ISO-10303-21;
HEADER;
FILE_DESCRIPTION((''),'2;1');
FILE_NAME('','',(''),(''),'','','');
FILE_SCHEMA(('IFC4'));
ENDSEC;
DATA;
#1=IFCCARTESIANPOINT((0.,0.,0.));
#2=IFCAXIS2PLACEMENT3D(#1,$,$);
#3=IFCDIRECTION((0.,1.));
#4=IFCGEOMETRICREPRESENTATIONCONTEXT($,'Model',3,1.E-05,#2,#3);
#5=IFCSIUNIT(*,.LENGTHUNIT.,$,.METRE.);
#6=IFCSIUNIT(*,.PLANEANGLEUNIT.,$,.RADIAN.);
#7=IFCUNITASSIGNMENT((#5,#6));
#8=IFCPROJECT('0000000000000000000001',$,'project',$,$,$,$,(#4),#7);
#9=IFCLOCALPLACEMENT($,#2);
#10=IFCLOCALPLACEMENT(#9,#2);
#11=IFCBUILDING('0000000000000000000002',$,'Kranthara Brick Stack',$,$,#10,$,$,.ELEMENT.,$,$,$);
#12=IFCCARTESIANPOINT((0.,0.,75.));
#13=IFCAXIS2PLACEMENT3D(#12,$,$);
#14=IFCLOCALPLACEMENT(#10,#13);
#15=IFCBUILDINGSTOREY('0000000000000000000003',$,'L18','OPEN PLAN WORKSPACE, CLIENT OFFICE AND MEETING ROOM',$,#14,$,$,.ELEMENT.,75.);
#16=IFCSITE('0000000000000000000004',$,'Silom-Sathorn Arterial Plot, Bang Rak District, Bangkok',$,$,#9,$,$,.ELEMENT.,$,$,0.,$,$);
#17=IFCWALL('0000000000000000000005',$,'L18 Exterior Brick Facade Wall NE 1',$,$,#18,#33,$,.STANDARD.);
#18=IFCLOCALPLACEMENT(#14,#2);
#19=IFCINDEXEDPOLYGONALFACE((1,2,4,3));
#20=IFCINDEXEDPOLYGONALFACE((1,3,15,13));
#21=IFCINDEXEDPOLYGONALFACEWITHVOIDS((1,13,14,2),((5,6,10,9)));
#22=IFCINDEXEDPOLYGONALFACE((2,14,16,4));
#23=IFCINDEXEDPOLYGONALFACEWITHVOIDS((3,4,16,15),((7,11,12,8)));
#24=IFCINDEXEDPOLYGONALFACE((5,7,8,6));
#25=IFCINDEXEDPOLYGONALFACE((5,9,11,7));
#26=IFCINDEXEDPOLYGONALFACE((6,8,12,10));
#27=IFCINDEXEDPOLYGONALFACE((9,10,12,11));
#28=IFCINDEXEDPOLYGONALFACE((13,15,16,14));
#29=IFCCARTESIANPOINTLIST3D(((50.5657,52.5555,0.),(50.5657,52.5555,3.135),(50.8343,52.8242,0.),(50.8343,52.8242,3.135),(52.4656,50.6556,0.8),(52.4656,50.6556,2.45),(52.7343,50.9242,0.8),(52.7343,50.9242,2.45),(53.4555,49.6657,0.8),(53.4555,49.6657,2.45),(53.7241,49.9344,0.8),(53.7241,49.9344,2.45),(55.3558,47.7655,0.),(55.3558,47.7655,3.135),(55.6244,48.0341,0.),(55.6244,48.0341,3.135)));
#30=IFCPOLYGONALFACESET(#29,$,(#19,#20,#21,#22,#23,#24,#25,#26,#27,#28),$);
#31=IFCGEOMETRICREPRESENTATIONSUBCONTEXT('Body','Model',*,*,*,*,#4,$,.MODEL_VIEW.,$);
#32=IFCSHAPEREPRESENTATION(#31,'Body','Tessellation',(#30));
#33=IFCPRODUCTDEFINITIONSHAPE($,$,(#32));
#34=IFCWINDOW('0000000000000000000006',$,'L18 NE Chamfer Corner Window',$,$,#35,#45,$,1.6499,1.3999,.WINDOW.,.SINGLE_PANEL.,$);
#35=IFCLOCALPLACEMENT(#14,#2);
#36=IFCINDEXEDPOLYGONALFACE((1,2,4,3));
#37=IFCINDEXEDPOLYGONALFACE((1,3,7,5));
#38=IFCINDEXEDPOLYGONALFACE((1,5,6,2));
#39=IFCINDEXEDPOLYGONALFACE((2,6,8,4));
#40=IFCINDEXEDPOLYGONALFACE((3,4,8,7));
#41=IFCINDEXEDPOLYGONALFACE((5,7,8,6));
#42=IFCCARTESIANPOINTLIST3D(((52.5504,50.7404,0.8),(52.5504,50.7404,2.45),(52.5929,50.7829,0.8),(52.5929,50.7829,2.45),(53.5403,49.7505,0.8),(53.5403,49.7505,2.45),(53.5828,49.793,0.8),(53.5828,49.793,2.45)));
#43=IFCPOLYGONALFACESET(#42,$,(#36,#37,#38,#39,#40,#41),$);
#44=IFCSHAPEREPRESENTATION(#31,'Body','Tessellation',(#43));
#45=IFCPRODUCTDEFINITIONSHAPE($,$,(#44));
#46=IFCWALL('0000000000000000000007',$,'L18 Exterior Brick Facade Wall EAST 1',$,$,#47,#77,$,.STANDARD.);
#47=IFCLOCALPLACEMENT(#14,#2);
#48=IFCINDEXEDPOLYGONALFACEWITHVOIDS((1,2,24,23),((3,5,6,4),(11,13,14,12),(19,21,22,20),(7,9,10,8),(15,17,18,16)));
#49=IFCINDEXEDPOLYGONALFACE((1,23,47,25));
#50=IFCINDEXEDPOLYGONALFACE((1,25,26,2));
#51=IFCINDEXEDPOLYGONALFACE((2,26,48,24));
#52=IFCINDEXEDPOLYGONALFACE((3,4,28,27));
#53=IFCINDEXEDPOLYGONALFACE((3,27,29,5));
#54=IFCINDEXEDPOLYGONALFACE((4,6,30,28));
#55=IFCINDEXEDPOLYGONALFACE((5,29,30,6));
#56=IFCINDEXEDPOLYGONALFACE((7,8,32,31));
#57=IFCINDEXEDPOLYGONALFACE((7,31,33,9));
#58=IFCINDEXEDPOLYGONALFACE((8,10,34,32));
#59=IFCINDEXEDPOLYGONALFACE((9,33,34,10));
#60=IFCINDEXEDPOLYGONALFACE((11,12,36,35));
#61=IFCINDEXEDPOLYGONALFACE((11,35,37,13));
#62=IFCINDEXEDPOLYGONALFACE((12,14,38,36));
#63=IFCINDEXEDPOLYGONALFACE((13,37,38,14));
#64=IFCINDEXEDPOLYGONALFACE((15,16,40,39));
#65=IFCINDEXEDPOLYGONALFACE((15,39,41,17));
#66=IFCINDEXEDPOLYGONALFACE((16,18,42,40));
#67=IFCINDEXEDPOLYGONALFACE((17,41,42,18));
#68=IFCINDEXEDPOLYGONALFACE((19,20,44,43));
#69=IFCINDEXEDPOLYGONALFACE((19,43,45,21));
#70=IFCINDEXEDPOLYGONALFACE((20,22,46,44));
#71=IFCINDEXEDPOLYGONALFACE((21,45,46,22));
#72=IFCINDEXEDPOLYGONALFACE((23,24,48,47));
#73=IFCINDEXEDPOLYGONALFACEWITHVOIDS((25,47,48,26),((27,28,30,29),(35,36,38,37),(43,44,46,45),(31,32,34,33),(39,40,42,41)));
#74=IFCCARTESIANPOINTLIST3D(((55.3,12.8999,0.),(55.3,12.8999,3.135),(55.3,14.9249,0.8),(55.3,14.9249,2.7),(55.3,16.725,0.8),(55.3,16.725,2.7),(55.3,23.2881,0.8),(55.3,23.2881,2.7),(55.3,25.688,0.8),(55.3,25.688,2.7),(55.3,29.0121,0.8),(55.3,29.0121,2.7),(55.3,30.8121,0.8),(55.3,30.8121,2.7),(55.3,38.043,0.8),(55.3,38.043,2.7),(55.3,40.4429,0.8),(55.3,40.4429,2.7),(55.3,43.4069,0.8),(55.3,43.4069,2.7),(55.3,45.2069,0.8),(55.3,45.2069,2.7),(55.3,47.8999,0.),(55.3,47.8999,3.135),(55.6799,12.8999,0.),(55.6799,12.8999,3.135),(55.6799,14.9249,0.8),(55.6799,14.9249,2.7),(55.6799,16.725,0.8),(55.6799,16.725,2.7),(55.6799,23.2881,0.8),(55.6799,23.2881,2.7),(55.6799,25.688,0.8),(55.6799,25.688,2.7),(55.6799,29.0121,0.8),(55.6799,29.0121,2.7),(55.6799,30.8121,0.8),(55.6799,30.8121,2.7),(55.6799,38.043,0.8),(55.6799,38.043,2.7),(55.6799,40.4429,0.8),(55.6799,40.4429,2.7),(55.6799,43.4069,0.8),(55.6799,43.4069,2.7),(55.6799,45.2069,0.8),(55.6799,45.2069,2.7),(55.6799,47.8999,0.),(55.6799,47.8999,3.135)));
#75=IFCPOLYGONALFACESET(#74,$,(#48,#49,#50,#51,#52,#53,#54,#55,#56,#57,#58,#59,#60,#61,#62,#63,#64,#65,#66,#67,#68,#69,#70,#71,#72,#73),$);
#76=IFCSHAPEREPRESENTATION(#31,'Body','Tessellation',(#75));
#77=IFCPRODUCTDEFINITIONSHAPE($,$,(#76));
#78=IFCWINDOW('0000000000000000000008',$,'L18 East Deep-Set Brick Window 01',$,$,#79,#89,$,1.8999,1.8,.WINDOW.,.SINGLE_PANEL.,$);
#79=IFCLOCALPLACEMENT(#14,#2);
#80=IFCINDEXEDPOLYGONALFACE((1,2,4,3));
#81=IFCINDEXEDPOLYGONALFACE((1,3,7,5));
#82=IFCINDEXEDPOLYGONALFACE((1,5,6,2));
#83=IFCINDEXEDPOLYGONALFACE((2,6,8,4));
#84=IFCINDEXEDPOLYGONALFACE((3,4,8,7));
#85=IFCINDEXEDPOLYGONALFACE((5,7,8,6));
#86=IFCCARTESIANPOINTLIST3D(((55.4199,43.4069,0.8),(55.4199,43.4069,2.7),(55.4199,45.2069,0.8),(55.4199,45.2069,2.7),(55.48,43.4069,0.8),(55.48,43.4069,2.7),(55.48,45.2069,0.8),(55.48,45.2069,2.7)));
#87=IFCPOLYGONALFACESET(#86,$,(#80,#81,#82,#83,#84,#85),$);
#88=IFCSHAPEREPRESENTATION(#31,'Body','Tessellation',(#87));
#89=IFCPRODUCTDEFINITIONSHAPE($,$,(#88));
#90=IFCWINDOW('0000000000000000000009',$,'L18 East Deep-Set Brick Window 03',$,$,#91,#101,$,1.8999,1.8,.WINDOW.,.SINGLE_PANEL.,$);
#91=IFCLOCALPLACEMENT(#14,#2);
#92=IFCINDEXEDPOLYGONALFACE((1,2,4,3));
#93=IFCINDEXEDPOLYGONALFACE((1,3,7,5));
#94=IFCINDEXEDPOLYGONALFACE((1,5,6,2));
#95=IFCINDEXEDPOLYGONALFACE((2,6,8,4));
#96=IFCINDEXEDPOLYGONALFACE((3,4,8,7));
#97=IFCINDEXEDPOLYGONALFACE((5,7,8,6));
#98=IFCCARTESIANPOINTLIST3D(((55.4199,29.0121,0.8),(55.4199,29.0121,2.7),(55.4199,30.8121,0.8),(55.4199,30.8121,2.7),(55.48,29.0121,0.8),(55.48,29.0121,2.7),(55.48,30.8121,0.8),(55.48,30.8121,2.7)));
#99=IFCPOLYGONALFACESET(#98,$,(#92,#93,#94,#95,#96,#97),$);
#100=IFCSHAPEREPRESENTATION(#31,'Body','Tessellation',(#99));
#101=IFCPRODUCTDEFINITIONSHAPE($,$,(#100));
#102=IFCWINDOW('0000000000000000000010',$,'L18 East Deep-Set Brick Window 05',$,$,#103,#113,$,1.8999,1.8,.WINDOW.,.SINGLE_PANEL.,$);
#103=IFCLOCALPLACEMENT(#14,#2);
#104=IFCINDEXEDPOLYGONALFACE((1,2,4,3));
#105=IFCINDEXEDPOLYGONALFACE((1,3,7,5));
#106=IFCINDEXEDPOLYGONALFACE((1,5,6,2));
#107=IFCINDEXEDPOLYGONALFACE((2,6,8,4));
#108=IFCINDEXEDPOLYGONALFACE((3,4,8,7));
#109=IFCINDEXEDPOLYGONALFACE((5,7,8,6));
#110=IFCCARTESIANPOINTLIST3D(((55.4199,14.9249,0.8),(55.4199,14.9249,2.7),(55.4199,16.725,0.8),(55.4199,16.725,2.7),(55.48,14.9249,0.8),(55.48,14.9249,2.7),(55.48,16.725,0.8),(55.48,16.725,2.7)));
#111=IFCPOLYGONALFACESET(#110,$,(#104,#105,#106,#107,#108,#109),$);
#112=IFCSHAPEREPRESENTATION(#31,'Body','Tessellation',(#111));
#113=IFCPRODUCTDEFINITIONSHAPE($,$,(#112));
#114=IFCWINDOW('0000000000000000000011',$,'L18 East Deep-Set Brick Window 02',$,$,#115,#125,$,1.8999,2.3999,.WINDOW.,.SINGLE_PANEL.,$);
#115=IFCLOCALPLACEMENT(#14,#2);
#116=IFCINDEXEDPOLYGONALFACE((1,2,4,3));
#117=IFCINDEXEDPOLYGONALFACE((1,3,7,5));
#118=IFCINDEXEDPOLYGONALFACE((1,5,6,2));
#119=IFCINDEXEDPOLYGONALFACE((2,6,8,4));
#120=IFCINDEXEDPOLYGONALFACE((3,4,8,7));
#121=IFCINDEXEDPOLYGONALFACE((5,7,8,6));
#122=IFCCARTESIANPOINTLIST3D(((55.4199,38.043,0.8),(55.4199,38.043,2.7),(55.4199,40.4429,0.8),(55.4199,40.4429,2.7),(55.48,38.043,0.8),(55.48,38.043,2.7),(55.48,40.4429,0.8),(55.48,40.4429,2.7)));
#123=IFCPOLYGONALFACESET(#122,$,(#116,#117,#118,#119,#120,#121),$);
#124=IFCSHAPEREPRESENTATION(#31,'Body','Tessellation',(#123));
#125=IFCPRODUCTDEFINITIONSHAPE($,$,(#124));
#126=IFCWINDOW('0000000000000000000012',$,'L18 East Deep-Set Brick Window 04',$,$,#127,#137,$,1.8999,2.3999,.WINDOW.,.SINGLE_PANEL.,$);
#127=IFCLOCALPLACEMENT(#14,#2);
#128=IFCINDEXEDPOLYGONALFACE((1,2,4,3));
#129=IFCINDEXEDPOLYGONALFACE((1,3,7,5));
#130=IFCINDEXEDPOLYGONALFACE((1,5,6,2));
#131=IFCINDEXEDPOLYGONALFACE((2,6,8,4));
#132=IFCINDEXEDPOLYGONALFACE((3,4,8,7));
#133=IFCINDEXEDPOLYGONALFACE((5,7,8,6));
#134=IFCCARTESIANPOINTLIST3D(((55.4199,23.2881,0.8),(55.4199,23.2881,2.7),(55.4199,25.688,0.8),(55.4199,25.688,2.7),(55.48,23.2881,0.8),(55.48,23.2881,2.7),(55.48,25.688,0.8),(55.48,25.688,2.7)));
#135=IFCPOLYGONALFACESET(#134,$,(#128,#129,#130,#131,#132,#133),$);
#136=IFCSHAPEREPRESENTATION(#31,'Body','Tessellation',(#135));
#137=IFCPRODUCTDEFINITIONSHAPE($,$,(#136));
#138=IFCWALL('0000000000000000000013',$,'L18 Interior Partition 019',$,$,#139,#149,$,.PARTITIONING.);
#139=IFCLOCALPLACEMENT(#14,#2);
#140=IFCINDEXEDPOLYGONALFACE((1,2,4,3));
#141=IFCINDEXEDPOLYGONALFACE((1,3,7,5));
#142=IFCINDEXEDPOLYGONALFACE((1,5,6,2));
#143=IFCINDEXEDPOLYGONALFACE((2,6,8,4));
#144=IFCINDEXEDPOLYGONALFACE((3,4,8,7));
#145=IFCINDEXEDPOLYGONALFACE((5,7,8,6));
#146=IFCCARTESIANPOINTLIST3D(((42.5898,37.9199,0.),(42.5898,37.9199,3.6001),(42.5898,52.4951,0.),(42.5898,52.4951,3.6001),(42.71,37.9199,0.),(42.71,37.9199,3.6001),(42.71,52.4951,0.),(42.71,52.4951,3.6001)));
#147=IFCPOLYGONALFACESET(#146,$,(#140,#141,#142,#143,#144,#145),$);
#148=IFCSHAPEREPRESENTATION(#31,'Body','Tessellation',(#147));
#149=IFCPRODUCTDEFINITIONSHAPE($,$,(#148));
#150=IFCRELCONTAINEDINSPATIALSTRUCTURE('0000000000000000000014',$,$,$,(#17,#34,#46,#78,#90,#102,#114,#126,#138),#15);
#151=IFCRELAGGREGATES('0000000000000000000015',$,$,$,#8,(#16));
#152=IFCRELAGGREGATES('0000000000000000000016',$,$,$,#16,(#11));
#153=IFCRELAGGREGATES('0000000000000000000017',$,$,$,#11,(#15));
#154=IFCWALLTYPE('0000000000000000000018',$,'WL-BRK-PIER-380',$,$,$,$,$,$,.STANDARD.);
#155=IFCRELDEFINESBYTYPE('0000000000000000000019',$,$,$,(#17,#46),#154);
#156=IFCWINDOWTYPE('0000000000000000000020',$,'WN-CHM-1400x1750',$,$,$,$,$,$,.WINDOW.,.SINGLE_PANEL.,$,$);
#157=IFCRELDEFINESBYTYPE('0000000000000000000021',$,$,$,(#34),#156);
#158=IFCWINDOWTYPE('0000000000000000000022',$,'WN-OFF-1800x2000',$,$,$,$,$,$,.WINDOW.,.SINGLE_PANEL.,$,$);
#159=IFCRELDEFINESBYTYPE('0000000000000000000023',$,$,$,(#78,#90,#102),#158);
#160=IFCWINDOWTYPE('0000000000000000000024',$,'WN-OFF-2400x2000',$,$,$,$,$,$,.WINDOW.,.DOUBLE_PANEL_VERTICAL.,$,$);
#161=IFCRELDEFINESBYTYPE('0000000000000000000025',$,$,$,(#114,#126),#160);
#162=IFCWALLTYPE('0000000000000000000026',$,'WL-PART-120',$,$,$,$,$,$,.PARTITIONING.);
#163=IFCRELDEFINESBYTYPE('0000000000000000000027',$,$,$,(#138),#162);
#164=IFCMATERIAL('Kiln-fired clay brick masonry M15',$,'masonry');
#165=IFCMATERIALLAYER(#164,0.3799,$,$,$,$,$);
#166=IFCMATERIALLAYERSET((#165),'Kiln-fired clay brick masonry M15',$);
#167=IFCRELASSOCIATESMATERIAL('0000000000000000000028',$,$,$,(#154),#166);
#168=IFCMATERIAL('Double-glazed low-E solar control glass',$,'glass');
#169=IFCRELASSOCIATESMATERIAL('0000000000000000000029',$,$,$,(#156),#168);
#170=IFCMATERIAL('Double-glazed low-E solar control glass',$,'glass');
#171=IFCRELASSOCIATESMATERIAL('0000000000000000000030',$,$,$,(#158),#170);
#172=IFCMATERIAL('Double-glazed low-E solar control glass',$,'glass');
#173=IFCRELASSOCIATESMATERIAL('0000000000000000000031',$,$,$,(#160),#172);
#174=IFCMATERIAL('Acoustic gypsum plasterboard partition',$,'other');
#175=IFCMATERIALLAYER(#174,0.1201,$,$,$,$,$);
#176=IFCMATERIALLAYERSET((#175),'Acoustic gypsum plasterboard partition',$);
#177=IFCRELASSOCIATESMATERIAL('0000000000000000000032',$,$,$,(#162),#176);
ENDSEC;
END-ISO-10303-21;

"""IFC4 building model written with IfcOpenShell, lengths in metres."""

from ifc_helpers import new_model, si_unit, direction, frame, frame_2d, origin, place, context, subcontext, project, spatial, rectangle, extrude, material, layer, layer_set, type_object, element, fill, save


model = new_model("IFC4")

# Units and contexts
model_context = context("Model", 3, precision=1e-05, world=origin(), true_north=direction((0.0, 1.0)))
body_context = subcontext(model_context, "Body", "Model", "MODEL_VIEW")
ifc_project = project(units=[si_unit("LENGTHUNIT", "METRE"), si_unit("PLANEANGLEUNIT", "RADIAN")], contexts=[model_context])

# Site, building, storey
site_placement = place(None, origin())
site = spatial("IfcSite", under=ifc_project, at=site_placement, Name="Silom-Sathorn Arterial Plot, Bang Rak District, Bangkok", CompositionType="ELEMENT", RefElevation=0.0)
building_placement = place(site_placement, origin())
building = spatial("IfcBuilding", under=site, at=building_placement, Name="Kranthara Brick Stack", CompositionType="ELEMENT")
storey_placement = place(building_placement, frame((0.0, 0.0, 75.0)))
storey = spatial("IfcBuildingStorey", under=building, at=storey_placement, Name="L18", Description="OPEN PLAN WORKSPACE, CLIENT OFFICE AND MEETING ROOM", CompositionType="ELEMENT", Elevation=75.0)

# Wall, opening, window
ifc_material_1 = material(Name="Kiln-fired clay brick masonry M15", Category="masonry")
ifc_layer_1 = layer(ifc_material_1, 0.3799)
ifc_layer_set_1 = layer_set([ifc_layer_1], Name="Kiln-fired clay brick masonry M15")
wall_type_1 = type_object("IfcWallType", Name="WL-BRK-PIER-380", PredefinedType="STANDARD", material=ifc_layer_set_1)
wall_1_placement = place(storey_placement, frame((50.7, 52.6899, 0.0), z_axis=(0.0, 0.0, 1.0), x_axis=(0.707107, -0.707107, 0.0)))
wall_1 = element("IfcWall", 1, at=wall_1_placement, inside=storey, type_object=wall_type_1, Name="L18 Exterior Brick Facade Wall NE 1", PredefinedType="STANDARD", context=body_context, shape_type="SweptSolid", body=[
    extrude(rectangle(XDim=6.7742, YDim=0.3799, at=frame_2d((3.3872, 0.0))), origin(), (0.0, 0.0, 1.0), 3.135),
])
opening_1_placement = place(wall_1_placement, frame((2.687, 0.0, 0.8)))
opening_1 = element("IfcOpeningElement", 2, at=opening_1_placement, cuts=wall_1, PredefinedType="OPENING", context=body_context, shape_type="SweptSolid", body=[
    extrude(rectangle(XDim=1.3999, YDim=1.6499, at=frame_2d((0.7, 0.825))), frame((0.0, 0.2, 0.0), z_axis=(0.0, -1.0, 0.0), x_axis=(1.0, 0.0, 0.0)), (0.0, 0.0, 1.0), 0.3999),
])
ifc_material_2 = material(Name="Double-glazed low-E solar control glass", Category="glass")
window_type_1 = type_object("IfcWindowType", Name="WN-CHM-1400x1750", PartitioningType="SINGLE_PANEL", PredefinedType="WINDOW", material=ifc_material_2)
window_1_placement = place(opening_1_placement, origin())
window_1 = element("IfcWindow", 3, at=window_1_placement, inside=storey, type_object=window_type_1, Name="L18 NE Chamfer Corner Window", OverallHeight=1.6499, OverallWidth=1.3999, PartitioningType="SINGLE_PANEL", PredefinedType="WINDOW", context=body_context, shape_type="SweptSolid", body=[
    extrude(rectangle(XDim=1.3999, YDim=1.6499, at=frame_2d((0.7, 0.825))), frame((0.0, -0.01, 0.0), z_axis=(0.0, -1.0, 0.0), x_axis=(1.0, 0.0, 0.0)), (0.0, 0.0, 1.0), 0.0601),
])
fill(opening_1, window_1)

# Wall, openings, windows
wall_2_placement = place(storey_placement, frame((55.49, 47.8999, 0.0), z_axis=(0.0, 0.0, 1.0), x_axis=(0.0, -1.0, 0.0)))
wall_2 = element("IfcWall", 4, at=wall_2_placement, inside=storey, type_object=wall_type_1, Name="L18 Exterior Brick Facade Wall EAST 1", PredefinedType="STANDARD", context=body_context, shape_type="SweptSolid", body=[
    extrude(rectangle(XDim=35.0, YDim=0.3799, at=frame_2d((17.5, 0.0))), origin(), (0.0, 0.0, 1.0), 3.135),
])
opening_2_placement = place(wall_2_placement, frame((2.6931, 0.0, 0.8)))
opening_2 = element("IfcOpeningElement", 5, at=opening_2_placement, cuts=wall_2, PredefinedType="OPENING", context=body_context, shape_type="SweptSolid", body=[
    extrude(rectangle(XDim=1.8, YDim=1.8999, at=frame_2d((0.8999, 0.95))), frame((0.0, 0.2, 0.0), z_axis=(0.0, -1.0, 0.0), x_axis=(1.0, 0.0, 0.0)), (0.0, 0.0, 1.0), 0.3999),
])
opening_3_placement = place(wall_2_placement, frame((7.457, 0.0, 0.8)))
opening_3 = element("IfcOpeningElement", 6, at=opening_3_placement, cuts=wall_2, PredefinedType="OPENING", context=body_context, shape_type="SweptSolid", body=[
    extrude(rectangle(XDim=2.3999, YDim=1.8999, at=frame_2d((1.2, 0.95))), frame((0.0, 0.2, 0.0), z_axis=(0.0, -1.0, 0.0), x_axis=(1.0, 0.0, 0.0)), (0.0, 0.0, 1.0), 0.3999),
])
opening_4_placement = place(wall_2_placement, frame((17.0879, 0.0, 0.8)))
opening_4 = element("IfcOpeningElement", 7, at=opening_4_placement, cuts=wall_2, PredefinedType="OPENING", context=body_context, shape_type="SweptSolid", body=[
    extrude(rectangle(XDim=1.8, YDim=1.8999, at=frame_2d((0.8999, 0.95))), frame((0.0, 0.2, 0.0), z_axis=(0.0, -1.0, 0.0), x_axis=(1.0, 0.0, 0.0)), (0.0, 0.0, 1.0), 0.3999),
])
opening_5_placement = place(wall_2_placement, frame((22.2119, 0.0, 0.8)))
opening_5 = element("IfcOpeningElement", 8, at=opening_5_placement, cuts=wall_2, PredefinedType="OPENING", context=body_context, shape_type="SweptSolid", body=[
    extrude(rectangle(XDim=2.3999, YDim=1.8999, at=frame_2d((1.2, 0.95))), frame((0.0, 0.2, 0.0), z_axis=(0.0, -1.0, 0.0), x_axis=(1.0, 0.0, 0.0)), (0.0, 0.0, 1.0), 0.3999),
])
opening_6_placement = place(wall_2_placement, frame((31.175, 0.0, 0.8)))
opening_6 = element("IfcOpeningElement", 9, at=opening_6_placement, cuts=wall_2, PredefinedType="OPENING", context=body_context, shape_type="SweptSolid", body=[
    extrude(rectangle(XDim=1.8, YDim=1.8999, at=frame_2d((0.8999, 0.95))), frame((0.0, 0.2, 0.0), z_axis=(0.0, -1.0, 0.0), x_axis=(1.0, 0.0, 0.0)), (0.0, 0.0, 1.0), 0.3999),
])
ifc_material_3 = material(Name="Double-glazed low-E solar control glass", Category="glass")
window_type_2 = type_object("IfcWindowType", Name="WN-OFF-1800x2000", PartitioningType="SINGLE_PANEL", PredefinedType="WINDOW", material=ifc_material_3)
window_2_placement = place(opening_2_placement, origin())
window_2 = element("IfcWindow", 10, at=window_2_placement, inside=storey, type_object=window_type_2, Name="L18 East Deep-Set Brick Window 01", OverallHeight=1.8999, OverallWidth=1.8, PartitioningType="SINGLE_PANEL", PredefinedType="WINDOW", context=body_context, shape_type="SweptSolid", body=[
    extrude(rectangle(XDim=1.8, YDim=1.8999, at=frame_2d((0.8999, 0.95))), frame((0.0, -0.01, 0.0), z_axis=(0.0, -1.0, 0.0), x_axis=(1.0, 0.0, 0.0)), (0.0, 0.0, 1.0), 0.0601),
])
fill(opening_2, window_2)
window_3_placement = place(opening_4_placement, origin())
window_3 = element("IfcWindow", 11, at=window_3_placement, inside=storey, type_object=window_type_2, Name="L18 East Deep-Set Brick Window 03", OverallHeight=1.8999, OverallWidth=1.8, PartitioningType="SINGLE_PANEL", PredefinedType="WINDOW", context=body_context, shape_type="SweptSolid", body=[
    extrude(rectangle(XDim=1.8, YDim=1.8999, at=frame_2d((0.8999, 0.95))), frame((0.0, -0.01, 0.0), z_axis=(0.0, -1.0, 0.0), x_axis=(1.0, 0.0, 0.0)), (0.0, 0.0, 1.0), 0.0601),
])
fill(opening_4, window_3)
window_4_placement = place(opening_6_placement, origin())
window_4 = element("IfcWindow", 12, at=window_4_placement, inside=storey, type_object=window_type_2, Name="L18 East Deep-Set Brick Window 05", OverallHeight=1.8999, OverallWidth=1.8, PartitioningType="SINGLE_PANEL", PredefinedType="WINDOW", context=body_context, shape_type="SweptSolid", body=[
    extrude(rectangle(XDim=1.8, YDim=1.8999, at=frame_2d((0.8999, 0.95))), frame((0.0, -0.01, 0.0), z_axis=(0.0, -1.0, 0.0), x_axis=(1.0, 0.0, 0.0)), (0.0, 0.0, 1.0), 0.0601),
])
fill(opening_6, window_4)
ifc_material_4 = material(Name="Double-glazed low-E solar control glass", Category="glass")
window_type_3 = type_object("IfcWindowType", Name="WN-OFF-2400x2000", PartitioningType="DOUBLE_PANEL_VERTICAL", PredefinedType="WINDOW", material=ifc_material_4)
window_5_placement = place(opening_3_placement, origin())
window_5 = element("IfcWindow", 13, at=window_5_placement, inside=storey, type_object=window_type_3, Name="L18 East Deep-Set Brick Window 02", OverallHeight=1.8999, OverallWidth=2.3999, PartitioningType="SINGLE_PANEL", PredefinedType="WINDOW", context=body_context, shape_type="SweptSolid", body=[
    extrude(rectangle(XDim=2.3999, YDim=1.8999, at=frame_2d((1.2, 0.95))), frame((0.0, -0.01, 0.0), z_axis=(0.0, -1.0, 0.0), x_axis=(1.0, 0.0, 0.0)), (0.0, 0.0, 1.0), 0.0601),
])
fill(opening_3, window_5)
window_6_placement = place(opening_5_placement, origin())
window_6 = element("IfcWindow", 14, at=window_6_placement, inside=storey, type_object=window_type_3, Name="L18 East Deep-Set Brick Window 04", OverallHeight=1.8999, OverallWidth=2.3999, PartitioningType="SINGLE_PANEL", PredefinedType="WINDOW", context=body_context, shape_type="SweptSolid", body=[
    extrude(rectangle(XDim=2.3999, YDim=1.8999, at=frame_2d((1.2, 0.95))), frame((0.0, -0.01, 0.0), z_axis=(0.0, -1.0, 0.0), x_axis=(1.0, 0.0, 0.0)), (0.0, 0.0, 1.0), 0.0601),
])
fill(opening_5, window_6)

# Wall
ifc_material_5 = material(Name="Acoustic gypsum plasterboard partition", Category="other")
ifc_layer_2 = layer(ifc_material_5, 0.1201)
ifc_layer_set_2 = layer_set([ifc_layer_2], Name="Acoustic gypsum plasterboard partition")
wall_type_2 = type_object("IfcWallType", Name="WL-PART-120", PredefinedType="PARTITIONING", material=ifc_layer_set_2)
wall_3_placement = place(storey_placement, frame((42.6499, 37.9199, 0.0), z_axis=(0.0, 0.0, 1.0), x_axis=(0.0, 1.0, 0.0)))
element("IfcWall", 15, at=wall_3_placement, inside=storey, type_object=wall_type_2, Name="L18 Interior Partition 019", PredefinedType="PARTITIONING", context=body_context, shape_type="SweptSolid", body=[
    extrude(rectangle(XDim=14.5752, YDim=0.1201, at=frame_2d((7.2876, 0.0))), origin(), (0.0, 0.0, 1.0), 3.6001),
])

save(model, "model.ifc")
